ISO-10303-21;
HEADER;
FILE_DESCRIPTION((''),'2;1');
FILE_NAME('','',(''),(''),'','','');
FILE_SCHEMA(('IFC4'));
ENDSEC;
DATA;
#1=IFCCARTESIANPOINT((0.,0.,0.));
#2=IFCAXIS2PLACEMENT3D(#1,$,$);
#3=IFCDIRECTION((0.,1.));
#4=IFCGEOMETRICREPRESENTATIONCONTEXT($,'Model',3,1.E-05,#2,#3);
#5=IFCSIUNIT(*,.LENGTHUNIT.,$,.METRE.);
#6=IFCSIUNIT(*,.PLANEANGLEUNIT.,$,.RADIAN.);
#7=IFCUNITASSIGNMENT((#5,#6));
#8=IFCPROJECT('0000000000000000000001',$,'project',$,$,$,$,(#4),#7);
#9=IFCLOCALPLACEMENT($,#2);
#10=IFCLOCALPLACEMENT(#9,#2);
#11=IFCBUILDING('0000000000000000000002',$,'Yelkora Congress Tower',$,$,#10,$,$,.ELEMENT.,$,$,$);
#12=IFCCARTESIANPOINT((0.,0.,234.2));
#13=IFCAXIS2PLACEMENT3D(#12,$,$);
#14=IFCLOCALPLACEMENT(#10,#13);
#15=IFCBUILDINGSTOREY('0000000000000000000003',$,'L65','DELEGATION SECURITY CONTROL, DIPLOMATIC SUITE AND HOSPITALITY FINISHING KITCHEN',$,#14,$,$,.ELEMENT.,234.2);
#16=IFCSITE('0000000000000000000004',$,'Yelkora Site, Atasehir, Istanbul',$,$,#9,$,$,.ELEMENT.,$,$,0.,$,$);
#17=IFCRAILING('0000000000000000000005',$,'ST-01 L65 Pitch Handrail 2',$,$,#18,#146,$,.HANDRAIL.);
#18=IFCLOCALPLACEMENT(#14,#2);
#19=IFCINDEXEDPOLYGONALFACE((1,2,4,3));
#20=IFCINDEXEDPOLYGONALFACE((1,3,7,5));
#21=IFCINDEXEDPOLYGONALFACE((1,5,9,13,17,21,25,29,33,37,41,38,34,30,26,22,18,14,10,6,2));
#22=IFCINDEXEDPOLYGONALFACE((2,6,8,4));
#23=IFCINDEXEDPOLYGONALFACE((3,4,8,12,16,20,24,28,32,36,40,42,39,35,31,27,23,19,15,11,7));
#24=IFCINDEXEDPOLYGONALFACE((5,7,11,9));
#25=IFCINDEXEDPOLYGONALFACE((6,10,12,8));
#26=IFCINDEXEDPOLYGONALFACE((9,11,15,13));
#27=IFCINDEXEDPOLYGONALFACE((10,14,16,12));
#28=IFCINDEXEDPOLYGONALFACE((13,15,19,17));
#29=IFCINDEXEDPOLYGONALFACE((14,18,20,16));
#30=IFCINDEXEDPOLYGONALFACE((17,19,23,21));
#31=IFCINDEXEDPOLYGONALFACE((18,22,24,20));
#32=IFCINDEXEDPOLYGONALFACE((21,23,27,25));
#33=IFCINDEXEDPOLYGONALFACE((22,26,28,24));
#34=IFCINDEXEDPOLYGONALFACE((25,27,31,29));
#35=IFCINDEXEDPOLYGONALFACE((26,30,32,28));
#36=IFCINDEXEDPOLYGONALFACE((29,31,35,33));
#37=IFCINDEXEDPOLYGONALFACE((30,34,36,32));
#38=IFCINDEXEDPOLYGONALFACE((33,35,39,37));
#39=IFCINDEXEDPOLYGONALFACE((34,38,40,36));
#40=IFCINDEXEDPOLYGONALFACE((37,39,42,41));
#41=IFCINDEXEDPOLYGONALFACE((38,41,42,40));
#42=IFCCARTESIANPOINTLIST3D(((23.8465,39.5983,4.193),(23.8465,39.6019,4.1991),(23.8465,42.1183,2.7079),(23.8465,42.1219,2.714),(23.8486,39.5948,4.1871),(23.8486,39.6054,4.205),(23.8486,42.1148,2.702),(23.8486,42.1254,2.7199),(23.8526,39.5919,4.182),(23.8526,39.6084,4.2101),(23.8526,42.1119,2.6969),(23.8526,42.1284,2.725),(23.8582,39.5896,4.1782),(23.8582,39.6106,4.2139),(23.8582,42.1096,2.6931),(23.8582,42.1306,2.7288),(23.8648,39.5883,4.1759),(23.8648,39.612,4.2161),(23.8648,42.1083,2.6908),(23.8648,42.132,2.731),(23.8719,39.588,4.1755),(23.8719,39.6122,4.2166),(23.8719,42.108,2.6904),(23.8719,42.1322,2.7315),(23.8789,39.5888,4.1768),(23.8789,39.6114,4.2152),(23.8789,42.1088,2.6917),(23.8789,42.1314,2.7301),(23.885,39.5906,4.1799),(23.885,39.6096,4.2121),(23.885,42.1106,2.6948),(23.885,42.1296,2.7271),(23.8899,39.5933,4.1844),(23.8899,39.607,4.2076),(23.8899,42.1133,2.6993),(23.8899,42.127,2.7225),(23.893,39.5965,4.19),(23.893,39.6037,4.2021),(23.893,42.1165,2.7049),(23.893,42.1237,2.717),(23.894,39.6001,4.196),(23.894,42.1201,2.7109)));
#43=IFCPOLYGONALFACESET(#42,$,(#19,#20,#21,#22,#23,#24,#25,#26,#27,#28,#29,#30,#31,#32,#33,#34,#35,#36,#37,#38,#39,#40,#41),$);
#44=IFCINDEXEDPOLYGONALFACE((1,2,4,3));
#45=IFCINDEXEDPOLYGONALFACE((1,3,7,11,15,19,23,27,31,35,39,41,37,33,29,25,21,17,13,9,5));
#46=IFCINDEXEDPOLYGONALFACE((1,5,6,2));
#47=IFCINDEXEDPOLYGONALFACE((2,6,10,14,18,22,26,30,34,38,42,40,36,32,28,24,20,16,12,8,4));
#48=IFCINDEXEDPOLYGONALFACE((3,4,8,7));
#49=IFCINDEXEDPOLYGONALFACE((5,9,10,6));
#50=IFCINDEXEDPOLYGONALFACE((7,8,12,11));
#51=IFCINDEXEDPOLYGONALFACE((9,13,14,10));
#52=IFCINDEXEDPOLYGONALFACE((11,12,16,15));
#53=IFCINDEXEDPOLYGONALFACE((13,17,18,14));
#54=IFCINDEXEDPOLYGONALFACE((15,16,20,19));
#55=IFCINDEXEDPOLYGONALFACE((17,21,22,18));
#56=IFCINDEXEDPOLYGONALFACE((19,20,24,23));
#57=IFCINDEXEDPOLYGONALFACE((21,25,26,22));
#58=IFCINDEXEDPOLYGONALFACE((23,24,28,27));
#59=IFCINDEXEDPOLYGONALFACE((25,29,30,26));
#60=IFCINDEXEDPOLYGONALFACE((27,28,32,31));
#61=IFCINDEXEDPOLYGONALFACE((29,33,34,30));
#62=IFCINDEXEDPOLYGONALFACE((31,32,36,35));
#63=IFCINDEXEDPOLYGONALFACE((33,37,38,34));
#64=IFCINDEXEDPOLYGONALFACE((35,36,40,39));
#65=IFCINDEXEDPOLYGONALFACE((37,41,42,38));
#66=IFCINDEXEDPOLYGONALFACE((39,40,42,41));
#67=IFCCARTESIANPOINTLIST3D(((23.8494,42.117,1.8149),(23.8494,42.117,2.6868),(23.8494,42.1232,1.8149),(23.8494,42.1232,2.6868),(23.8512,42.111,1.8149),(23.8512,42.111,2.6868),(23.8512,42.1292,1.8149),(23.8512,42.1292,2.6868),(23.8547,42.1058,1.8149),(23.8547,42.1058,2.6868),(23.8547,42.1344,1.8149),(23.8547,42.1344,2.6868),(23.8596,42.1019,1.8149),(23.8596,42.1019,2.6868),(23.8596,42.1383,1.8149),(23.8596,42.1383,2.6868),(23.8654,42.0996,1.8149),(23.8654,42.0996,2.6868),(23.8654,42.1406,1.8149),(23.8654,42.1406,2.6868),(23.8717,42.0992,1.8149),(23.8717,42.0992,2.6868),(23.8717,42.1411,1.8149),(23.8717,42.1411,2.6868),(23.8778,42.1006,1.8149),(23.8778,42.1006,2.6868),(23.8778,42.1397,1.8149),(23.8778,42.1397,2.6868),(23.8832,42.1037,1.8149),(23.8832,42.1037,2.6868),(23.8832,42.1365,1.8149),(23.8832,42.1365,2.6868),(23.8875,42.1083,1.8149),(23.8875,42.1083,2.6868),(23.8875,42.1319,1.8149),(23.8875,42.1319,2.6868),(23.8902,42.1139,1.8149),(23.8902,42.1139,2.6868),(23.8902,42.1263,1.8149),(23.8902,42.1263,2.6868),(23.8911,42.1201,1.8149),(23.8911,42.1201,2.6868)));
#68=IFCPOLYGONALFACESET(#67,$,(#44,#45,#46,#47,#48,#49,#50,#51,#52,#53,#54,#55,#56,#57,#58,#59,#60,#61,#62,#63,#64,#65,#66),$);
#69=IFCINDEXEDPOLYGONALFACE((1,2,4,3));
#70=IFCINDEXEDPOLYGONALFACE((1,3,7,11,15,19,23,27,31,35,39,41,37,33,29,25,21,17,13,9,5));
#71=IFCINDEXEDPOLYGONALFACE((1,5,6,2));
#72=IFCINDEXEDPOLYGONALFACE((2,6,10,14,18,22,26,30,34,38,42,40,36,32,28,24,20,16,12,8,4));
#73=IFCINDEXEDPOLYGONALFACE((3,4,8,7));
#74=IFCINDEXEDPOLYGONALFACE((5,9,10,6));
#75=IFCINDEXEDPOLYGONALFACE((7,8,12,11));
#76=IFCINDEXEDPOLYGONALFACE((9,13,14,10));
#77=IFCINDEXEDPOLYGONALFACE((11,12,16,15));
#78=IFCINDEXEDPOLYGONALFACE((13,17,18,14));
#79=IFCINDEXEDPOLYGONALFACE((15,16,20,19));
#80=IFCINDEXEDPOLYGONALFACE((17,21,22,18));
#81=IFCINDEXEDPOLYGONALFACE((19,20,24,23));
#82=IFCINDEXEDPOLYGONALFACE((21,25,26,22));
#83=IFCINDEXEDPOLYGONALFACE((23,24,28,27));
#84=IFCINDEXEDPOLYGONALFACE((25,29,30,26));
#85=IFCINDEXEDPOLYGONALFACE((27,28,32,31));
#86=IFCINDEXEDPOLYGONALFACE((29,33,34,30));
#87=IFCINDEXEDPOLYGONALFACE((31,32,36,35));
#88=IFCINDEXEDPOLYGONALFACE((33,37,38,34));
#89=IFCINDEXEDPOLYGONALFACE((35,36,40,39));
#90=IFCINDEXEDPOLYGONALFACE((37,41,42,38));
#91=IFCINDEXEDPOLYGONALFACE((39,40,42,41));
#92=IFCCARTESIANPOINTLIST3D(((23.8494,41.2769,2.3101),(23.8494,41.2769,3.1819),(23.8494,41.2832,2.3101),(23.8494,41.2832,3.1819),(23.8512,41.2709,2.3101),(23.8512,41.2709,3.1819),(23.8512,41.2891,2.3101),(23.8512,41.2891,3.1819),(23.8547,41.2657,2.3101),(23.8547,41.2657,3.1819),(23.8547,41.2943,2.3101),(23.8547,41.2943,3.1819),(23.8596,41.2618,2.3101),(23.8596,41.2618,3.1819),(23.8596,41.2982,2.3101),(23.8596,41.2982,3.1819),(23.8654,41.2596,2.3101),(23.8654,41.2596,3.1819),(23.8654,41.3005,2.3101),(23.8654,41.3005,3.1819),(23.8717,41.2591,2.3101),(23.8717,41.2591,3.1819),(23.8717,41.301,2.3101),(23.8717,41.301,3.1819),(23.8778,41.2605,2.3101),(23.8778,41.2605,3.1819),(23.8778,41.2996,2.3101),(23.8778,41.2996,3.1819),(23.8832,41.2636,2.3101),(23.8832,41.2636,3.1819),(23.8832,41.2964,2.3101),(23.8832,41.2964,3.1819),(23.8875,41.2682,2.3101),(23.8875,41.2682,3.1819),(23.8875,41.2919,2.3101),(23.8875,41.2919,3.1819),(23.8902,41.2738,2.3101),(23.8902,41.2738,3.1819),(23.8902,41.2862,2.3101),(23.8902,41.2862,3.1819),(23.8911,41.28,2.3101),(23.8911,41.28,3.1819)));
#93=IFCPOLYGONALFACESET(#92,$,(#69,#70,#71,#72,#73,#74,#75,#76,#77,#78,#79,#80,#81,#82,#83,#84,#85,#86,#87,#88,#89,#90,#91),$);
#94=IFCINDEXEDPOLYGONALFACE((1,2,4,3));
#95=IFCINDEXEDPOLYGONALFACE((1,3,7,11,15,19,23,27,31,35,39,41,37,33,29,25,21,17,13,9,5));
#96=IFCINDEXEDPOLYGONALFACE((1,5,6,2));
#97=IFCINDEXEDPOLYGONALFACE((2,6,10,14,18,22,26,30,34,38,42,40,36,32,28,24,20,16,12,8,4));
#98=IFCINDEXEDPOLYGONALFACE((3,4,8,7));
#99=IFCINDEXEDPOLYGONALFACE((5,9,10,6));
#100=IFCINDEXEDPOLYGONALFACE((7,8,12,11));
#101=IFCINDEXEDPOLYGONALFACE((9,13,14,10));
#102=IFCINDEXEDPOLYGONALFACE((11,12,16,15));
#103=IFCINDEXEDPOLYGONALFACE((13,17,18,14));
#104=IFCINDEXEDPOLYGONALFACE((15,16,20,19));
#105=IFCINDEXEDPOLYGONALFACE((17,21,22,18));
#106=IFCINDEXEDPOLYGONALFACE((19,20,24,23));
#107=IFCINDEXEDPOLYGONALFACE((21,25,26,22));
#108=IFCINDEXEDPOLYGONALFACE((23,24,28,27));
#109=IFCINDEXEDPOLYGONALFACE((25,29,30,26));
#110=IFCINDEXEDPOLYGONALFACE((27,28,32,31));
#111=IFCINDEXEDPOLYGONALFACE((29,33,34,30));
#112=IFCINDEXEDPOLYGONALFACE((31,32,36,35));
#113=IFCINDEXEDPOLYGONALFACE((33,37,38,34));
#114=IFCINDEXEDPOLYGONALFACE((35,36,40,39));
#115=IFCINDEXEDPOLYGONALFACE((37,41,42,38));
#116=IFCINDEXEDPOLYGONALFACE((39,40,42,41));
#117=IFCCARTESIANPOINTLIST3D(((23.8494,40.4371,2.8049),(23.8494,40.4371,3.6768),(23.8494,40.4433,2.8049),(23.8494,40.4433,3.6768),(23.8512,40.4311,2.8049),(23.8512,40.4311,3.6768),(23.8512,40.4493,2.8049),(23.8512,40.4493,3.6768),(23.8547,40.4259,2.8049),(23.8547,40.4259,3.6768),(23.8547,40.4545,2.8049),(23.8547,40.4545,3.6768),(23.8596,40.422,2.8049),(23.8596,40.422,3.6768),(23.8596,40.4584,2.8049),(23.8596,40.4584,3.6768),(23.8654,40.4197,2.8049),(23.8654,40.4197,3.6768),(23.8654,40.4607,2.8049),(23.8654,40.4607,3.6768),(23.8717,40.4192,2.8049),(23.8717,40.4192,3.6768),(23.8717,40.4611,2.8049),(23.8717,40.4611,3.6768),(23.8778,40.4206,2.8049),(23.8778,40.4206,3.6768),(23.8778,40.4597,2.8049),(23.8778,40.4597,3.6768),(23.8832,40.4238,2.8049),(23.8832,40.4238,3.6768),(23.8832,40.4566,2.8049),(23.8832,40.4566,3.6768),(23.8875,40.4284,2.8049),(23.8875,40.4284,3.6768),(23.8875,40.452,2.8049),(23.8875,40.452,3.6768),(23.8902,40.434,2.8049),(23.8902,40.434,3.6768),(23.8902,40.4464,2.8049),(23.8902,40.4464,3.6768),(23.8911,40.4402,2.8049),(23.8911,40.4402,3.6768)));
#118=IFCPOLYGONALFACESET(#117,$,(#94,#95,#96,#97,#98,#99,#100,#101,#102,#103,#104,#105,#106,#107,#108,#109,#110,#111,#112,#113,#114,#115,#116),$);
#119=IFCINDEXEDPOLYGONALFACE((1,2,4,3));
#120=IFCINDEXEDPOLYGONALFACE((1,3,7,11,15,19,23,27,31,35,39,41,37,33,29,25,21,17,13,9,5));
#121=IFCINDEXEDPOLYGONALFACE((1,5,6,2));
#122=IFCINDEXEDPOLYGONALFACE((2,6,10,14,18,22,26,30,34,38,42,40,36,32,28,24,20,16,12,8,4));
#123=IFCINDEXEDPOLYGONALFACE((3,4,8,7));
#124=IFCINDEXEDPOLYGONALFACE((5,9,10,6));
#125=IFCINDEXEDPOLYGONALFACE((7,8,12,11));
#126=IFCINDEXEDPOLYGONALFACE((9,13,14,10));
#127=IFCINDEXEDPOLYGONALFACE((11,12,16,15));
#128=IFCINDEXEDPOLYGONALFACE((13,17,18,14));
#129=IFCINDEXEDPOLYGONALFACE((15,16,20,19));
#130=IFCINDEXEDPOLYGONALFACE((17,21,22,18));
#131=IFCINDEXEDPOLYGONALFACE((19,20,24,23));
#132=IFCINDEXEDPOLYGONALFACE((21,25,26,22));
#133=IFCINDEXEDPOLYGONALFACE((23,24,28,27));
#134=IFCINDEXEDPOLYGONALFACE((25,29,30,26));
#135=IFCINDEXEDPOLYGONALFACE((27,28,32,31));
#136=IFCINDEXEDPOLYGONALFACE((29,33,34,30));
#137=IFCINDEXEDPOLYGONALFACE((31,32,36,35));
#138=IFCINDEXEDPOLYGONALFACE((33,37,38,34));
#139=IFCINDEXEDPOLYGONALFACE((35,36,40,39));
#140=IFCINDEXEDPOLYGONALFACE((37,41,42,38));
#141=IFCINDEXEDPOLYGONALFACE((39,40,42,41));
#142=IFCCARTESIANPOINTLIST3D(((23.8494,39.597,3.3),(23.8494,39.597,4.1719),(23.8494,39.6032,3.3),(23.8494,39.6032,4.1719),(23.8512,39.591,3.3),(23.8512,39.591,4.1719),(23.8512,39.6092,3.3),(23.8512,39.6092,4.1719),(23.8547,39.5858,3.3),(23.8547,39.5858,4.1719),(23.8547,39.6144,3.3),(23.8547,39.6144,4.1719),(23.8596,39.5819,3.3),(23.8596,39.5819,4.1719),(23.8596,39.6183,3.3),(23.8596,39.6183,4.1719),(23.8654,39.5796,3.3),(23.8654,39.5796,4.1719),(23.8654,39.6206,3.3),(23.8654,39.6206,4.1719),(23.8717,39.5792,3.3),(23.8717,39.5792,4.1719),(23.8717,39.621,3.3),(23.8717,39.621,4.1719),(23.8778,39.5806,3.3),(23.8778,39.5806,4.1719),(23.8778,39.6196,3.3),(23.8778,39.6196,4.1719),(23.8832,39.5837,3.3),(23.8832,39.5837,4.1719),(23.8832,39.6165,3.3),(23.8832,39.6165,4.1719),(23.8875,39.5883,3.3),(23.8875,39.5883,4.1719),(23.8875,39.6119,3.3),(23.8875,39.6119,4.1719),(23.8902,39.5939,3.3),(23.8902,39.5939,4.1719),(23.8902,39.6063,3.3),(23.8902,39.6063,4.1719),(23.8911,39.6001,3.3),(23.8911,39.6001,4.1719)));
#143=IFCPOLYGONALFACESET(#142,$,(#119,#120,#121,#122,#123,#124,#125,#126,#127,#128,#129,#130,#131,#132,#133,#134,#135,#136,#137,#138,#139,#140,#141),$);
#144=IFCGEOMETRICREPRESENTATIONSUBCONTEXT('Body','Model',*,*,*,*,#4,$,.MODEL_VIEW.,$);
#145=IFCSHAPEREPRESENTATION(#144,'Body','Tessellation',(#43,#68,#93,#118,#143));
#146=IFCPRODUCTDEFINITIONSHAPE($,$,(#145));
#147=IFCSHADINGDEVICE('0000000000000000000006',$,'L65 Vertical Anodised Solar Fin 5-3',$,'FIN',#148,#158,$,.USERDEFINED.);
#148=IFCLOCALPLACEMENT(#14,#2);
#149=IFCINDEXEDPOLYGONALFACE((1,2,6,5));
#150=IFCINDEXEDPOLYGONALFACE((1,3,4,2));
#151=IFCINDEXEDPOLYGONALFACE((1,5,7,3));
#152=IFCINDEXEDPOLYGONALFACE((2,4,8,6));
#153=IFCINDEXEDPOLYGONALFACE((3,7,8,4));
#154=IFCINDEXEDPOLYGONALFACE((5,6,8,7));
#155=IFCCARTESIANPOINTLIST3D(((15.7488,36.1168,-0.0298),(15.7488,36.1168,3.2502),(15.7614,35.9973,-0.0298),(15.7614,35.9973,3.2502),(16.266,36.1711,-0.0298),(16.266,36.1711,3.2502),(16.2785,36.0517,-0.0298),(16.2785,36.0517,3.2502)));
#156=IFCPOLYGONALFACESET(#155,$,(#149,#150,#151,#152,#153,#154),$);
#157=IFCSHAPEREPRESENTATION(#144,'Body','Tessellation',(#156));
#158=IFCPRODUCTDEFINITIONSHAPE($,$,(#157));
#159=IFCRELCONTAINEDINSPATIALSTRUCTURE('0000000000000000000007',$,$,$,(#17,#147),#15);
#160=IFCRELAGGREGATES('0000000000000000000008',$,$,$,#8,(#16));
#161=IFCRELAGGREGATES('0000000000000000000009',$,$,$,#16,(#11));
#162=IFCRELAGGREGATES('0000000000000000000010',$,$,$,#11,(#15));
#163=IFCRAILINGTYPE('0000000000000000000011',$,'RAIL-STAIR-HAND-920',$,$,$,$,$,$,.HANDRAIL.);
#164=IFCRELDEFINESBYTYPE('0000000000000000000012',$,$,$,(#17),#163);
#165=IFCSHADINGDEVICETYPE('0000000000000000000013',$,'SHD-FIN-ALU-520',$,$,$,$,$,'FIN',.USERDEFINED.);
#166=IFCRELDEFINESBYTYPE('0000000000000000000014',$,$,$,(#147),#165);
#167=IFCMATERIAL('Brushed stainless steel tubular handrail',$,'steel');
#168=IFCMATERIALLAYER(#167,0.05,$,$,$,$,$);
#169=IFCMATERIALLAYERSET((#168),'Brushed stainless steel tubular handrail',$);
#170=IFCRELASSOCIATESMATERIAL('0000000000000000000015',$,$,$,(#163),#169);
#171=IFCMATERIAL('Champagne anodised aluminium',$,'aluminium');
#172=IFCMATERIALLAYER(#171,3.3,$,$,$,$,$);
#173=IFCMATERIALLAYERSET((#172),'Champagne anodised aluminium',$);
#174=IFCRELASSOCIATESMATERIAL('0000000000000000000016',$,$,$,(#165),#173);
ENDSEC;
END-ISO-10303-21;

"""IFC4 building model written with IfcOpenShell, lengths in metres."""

from ifc_helpers import new_model, si_unit, direction, frame, origin, origin_2d, place, context, subcontext, project, spatial, rectangle, circle, extrude, material, layer, layer_set, type_object, element, save


model = new_model("IFC4")

# Units and contexts
model_context = context("Model", 3, precision=1e-05, world=origin(), true_north=direction((0.0, 1.0)))
body_context = subcontext(model_context, "Body", "Model", "MODEL_VIEW")
ifc_project = project(units=[si_unit("LENGTHUNIT", "METRE"), si_unit("PLANEANGLEUNIT", "RADIAN")], contexts=[model_context])

# Site, building, storey
site_placement = place(None, origin())
site = spatial("IfcSite", under=ifc_project, at=site_placement, Name="Yelkora Site, Atasehir, Istanbul", CompositionType="ELEMENT", RefElevation=0.0)
building_placement = place(site_placement, origin())
building = spatial("IfcBuilding", under=site, at=building_placement, Name="Yelkora Congress Tower", CompositionType="ELEMENT")
storey_placement = place(building_placement, frame((0.0, 0.0, 234.2)))
storey = spatial("IfcBuildingStorey", under=building, at=storey_placement, Name="L65", Description="DELEGATION SECURITY CONTROL, DIPLOMATIC SUITE AND HOSPITALITY FINISHING KITCHEN", CompositionType="ELEMENT", Elevation=234.2)

# Railing
ifc_material_1 = material(Name="Brushed stainless steel tubular handrail", Category="steel")
ifc_layer_1 = layer(ifc_material_1, 0.05)
ifc_layer_set_1 = layer_set([ifc_layer_1], Name="Brushed stainless steel tubular handrail")
railing_type_1 = type_object("IfcRailingType", Name="RAIL-STAIR-HAND-920", PredefinedType="HANDRAIL", material=ifc_layer_set_1)
railing_1_placement = place(storey_placement, frame((23.8701, 42.1201, 1.8149)))
element("IfcRailing", 1, at=railing_1_placement, inside=storey, type_object=railing_type_1, Name="ST-01 L65 Pitch Handrail 2", PredefinedType="HANDRAIL", context=body_context, shape_type="SweptSolid", body=[
    extrude(circle(Radius=0.0239, at=origin_2d()), frame((0.0, 0.0, 0.896), z_axis=(0.0, -0.861524, 0.507717), x_axis=(1.0, 0.0, 0.0)), (0.0, 0.0, 1.0), 2.925),
    extrude(circle(Radius=0.021, at=origin_2d()), origin(), (0.0, 0.0, 1.0), 0.8718),
    extrude(circle(Radius=0.021, at=origin_2d()), frame((0.0, -0.8401, 0.4951)), (0.0, 0.0, 1.0), 0.8718),
    extrude(circle(Radius=0.021, at=origin_2d()), frame((0.0, -1.6799, 0.99)), (0.0, 0.0, 1.0), 0.8718),
    extrude(circle(Radius=0.021, at=origin_2d()), frame((0.0, -2.52, 1.4851)), (0.0, 0.0, 1.0), 0.8718),
])

# Shading device
ifc_material_2 = material(Name="Champagne anodised aluminium", Category="aluminium")
ifc_layer_2 = layer(ifc_material_2, 3.3)
ifc_layer_set_2 = layer_set([ifc_layer_2], Name="Champagne anodised aluminium")
shading_device_type = type_object("IfcShadingDeviceType", Name="SHD-FIN-ALU-520", ElementType="FIN", PredefinedType="USERDEFINED", material=ifc_layer_set_2)
shading_device_placement = place(storey_placement, frame((16.0137, 36.0842, -0.0298), z_axis=(0.0, 0.0, 1.0), x_axis=(-0.104528, 0.994522, 0.0)))
element("IfcShadingDevice", 2, at=shading_device_placement, inside=storey, type_object=shading_device_type, Name="L65 Vertical Anodised Solar Fin 5-3", ObjectType="FIN", PredefinedType="USERDEFINED", context=body_context, shape_type="SweptSolid", body=[
    extrude(rectangle(XDim=0.1201, YDim=0.52, at=origin_2d()), origin(), (0.0, 0.0, 1.0), 3.28),
])

save(model, "model.ifc")
